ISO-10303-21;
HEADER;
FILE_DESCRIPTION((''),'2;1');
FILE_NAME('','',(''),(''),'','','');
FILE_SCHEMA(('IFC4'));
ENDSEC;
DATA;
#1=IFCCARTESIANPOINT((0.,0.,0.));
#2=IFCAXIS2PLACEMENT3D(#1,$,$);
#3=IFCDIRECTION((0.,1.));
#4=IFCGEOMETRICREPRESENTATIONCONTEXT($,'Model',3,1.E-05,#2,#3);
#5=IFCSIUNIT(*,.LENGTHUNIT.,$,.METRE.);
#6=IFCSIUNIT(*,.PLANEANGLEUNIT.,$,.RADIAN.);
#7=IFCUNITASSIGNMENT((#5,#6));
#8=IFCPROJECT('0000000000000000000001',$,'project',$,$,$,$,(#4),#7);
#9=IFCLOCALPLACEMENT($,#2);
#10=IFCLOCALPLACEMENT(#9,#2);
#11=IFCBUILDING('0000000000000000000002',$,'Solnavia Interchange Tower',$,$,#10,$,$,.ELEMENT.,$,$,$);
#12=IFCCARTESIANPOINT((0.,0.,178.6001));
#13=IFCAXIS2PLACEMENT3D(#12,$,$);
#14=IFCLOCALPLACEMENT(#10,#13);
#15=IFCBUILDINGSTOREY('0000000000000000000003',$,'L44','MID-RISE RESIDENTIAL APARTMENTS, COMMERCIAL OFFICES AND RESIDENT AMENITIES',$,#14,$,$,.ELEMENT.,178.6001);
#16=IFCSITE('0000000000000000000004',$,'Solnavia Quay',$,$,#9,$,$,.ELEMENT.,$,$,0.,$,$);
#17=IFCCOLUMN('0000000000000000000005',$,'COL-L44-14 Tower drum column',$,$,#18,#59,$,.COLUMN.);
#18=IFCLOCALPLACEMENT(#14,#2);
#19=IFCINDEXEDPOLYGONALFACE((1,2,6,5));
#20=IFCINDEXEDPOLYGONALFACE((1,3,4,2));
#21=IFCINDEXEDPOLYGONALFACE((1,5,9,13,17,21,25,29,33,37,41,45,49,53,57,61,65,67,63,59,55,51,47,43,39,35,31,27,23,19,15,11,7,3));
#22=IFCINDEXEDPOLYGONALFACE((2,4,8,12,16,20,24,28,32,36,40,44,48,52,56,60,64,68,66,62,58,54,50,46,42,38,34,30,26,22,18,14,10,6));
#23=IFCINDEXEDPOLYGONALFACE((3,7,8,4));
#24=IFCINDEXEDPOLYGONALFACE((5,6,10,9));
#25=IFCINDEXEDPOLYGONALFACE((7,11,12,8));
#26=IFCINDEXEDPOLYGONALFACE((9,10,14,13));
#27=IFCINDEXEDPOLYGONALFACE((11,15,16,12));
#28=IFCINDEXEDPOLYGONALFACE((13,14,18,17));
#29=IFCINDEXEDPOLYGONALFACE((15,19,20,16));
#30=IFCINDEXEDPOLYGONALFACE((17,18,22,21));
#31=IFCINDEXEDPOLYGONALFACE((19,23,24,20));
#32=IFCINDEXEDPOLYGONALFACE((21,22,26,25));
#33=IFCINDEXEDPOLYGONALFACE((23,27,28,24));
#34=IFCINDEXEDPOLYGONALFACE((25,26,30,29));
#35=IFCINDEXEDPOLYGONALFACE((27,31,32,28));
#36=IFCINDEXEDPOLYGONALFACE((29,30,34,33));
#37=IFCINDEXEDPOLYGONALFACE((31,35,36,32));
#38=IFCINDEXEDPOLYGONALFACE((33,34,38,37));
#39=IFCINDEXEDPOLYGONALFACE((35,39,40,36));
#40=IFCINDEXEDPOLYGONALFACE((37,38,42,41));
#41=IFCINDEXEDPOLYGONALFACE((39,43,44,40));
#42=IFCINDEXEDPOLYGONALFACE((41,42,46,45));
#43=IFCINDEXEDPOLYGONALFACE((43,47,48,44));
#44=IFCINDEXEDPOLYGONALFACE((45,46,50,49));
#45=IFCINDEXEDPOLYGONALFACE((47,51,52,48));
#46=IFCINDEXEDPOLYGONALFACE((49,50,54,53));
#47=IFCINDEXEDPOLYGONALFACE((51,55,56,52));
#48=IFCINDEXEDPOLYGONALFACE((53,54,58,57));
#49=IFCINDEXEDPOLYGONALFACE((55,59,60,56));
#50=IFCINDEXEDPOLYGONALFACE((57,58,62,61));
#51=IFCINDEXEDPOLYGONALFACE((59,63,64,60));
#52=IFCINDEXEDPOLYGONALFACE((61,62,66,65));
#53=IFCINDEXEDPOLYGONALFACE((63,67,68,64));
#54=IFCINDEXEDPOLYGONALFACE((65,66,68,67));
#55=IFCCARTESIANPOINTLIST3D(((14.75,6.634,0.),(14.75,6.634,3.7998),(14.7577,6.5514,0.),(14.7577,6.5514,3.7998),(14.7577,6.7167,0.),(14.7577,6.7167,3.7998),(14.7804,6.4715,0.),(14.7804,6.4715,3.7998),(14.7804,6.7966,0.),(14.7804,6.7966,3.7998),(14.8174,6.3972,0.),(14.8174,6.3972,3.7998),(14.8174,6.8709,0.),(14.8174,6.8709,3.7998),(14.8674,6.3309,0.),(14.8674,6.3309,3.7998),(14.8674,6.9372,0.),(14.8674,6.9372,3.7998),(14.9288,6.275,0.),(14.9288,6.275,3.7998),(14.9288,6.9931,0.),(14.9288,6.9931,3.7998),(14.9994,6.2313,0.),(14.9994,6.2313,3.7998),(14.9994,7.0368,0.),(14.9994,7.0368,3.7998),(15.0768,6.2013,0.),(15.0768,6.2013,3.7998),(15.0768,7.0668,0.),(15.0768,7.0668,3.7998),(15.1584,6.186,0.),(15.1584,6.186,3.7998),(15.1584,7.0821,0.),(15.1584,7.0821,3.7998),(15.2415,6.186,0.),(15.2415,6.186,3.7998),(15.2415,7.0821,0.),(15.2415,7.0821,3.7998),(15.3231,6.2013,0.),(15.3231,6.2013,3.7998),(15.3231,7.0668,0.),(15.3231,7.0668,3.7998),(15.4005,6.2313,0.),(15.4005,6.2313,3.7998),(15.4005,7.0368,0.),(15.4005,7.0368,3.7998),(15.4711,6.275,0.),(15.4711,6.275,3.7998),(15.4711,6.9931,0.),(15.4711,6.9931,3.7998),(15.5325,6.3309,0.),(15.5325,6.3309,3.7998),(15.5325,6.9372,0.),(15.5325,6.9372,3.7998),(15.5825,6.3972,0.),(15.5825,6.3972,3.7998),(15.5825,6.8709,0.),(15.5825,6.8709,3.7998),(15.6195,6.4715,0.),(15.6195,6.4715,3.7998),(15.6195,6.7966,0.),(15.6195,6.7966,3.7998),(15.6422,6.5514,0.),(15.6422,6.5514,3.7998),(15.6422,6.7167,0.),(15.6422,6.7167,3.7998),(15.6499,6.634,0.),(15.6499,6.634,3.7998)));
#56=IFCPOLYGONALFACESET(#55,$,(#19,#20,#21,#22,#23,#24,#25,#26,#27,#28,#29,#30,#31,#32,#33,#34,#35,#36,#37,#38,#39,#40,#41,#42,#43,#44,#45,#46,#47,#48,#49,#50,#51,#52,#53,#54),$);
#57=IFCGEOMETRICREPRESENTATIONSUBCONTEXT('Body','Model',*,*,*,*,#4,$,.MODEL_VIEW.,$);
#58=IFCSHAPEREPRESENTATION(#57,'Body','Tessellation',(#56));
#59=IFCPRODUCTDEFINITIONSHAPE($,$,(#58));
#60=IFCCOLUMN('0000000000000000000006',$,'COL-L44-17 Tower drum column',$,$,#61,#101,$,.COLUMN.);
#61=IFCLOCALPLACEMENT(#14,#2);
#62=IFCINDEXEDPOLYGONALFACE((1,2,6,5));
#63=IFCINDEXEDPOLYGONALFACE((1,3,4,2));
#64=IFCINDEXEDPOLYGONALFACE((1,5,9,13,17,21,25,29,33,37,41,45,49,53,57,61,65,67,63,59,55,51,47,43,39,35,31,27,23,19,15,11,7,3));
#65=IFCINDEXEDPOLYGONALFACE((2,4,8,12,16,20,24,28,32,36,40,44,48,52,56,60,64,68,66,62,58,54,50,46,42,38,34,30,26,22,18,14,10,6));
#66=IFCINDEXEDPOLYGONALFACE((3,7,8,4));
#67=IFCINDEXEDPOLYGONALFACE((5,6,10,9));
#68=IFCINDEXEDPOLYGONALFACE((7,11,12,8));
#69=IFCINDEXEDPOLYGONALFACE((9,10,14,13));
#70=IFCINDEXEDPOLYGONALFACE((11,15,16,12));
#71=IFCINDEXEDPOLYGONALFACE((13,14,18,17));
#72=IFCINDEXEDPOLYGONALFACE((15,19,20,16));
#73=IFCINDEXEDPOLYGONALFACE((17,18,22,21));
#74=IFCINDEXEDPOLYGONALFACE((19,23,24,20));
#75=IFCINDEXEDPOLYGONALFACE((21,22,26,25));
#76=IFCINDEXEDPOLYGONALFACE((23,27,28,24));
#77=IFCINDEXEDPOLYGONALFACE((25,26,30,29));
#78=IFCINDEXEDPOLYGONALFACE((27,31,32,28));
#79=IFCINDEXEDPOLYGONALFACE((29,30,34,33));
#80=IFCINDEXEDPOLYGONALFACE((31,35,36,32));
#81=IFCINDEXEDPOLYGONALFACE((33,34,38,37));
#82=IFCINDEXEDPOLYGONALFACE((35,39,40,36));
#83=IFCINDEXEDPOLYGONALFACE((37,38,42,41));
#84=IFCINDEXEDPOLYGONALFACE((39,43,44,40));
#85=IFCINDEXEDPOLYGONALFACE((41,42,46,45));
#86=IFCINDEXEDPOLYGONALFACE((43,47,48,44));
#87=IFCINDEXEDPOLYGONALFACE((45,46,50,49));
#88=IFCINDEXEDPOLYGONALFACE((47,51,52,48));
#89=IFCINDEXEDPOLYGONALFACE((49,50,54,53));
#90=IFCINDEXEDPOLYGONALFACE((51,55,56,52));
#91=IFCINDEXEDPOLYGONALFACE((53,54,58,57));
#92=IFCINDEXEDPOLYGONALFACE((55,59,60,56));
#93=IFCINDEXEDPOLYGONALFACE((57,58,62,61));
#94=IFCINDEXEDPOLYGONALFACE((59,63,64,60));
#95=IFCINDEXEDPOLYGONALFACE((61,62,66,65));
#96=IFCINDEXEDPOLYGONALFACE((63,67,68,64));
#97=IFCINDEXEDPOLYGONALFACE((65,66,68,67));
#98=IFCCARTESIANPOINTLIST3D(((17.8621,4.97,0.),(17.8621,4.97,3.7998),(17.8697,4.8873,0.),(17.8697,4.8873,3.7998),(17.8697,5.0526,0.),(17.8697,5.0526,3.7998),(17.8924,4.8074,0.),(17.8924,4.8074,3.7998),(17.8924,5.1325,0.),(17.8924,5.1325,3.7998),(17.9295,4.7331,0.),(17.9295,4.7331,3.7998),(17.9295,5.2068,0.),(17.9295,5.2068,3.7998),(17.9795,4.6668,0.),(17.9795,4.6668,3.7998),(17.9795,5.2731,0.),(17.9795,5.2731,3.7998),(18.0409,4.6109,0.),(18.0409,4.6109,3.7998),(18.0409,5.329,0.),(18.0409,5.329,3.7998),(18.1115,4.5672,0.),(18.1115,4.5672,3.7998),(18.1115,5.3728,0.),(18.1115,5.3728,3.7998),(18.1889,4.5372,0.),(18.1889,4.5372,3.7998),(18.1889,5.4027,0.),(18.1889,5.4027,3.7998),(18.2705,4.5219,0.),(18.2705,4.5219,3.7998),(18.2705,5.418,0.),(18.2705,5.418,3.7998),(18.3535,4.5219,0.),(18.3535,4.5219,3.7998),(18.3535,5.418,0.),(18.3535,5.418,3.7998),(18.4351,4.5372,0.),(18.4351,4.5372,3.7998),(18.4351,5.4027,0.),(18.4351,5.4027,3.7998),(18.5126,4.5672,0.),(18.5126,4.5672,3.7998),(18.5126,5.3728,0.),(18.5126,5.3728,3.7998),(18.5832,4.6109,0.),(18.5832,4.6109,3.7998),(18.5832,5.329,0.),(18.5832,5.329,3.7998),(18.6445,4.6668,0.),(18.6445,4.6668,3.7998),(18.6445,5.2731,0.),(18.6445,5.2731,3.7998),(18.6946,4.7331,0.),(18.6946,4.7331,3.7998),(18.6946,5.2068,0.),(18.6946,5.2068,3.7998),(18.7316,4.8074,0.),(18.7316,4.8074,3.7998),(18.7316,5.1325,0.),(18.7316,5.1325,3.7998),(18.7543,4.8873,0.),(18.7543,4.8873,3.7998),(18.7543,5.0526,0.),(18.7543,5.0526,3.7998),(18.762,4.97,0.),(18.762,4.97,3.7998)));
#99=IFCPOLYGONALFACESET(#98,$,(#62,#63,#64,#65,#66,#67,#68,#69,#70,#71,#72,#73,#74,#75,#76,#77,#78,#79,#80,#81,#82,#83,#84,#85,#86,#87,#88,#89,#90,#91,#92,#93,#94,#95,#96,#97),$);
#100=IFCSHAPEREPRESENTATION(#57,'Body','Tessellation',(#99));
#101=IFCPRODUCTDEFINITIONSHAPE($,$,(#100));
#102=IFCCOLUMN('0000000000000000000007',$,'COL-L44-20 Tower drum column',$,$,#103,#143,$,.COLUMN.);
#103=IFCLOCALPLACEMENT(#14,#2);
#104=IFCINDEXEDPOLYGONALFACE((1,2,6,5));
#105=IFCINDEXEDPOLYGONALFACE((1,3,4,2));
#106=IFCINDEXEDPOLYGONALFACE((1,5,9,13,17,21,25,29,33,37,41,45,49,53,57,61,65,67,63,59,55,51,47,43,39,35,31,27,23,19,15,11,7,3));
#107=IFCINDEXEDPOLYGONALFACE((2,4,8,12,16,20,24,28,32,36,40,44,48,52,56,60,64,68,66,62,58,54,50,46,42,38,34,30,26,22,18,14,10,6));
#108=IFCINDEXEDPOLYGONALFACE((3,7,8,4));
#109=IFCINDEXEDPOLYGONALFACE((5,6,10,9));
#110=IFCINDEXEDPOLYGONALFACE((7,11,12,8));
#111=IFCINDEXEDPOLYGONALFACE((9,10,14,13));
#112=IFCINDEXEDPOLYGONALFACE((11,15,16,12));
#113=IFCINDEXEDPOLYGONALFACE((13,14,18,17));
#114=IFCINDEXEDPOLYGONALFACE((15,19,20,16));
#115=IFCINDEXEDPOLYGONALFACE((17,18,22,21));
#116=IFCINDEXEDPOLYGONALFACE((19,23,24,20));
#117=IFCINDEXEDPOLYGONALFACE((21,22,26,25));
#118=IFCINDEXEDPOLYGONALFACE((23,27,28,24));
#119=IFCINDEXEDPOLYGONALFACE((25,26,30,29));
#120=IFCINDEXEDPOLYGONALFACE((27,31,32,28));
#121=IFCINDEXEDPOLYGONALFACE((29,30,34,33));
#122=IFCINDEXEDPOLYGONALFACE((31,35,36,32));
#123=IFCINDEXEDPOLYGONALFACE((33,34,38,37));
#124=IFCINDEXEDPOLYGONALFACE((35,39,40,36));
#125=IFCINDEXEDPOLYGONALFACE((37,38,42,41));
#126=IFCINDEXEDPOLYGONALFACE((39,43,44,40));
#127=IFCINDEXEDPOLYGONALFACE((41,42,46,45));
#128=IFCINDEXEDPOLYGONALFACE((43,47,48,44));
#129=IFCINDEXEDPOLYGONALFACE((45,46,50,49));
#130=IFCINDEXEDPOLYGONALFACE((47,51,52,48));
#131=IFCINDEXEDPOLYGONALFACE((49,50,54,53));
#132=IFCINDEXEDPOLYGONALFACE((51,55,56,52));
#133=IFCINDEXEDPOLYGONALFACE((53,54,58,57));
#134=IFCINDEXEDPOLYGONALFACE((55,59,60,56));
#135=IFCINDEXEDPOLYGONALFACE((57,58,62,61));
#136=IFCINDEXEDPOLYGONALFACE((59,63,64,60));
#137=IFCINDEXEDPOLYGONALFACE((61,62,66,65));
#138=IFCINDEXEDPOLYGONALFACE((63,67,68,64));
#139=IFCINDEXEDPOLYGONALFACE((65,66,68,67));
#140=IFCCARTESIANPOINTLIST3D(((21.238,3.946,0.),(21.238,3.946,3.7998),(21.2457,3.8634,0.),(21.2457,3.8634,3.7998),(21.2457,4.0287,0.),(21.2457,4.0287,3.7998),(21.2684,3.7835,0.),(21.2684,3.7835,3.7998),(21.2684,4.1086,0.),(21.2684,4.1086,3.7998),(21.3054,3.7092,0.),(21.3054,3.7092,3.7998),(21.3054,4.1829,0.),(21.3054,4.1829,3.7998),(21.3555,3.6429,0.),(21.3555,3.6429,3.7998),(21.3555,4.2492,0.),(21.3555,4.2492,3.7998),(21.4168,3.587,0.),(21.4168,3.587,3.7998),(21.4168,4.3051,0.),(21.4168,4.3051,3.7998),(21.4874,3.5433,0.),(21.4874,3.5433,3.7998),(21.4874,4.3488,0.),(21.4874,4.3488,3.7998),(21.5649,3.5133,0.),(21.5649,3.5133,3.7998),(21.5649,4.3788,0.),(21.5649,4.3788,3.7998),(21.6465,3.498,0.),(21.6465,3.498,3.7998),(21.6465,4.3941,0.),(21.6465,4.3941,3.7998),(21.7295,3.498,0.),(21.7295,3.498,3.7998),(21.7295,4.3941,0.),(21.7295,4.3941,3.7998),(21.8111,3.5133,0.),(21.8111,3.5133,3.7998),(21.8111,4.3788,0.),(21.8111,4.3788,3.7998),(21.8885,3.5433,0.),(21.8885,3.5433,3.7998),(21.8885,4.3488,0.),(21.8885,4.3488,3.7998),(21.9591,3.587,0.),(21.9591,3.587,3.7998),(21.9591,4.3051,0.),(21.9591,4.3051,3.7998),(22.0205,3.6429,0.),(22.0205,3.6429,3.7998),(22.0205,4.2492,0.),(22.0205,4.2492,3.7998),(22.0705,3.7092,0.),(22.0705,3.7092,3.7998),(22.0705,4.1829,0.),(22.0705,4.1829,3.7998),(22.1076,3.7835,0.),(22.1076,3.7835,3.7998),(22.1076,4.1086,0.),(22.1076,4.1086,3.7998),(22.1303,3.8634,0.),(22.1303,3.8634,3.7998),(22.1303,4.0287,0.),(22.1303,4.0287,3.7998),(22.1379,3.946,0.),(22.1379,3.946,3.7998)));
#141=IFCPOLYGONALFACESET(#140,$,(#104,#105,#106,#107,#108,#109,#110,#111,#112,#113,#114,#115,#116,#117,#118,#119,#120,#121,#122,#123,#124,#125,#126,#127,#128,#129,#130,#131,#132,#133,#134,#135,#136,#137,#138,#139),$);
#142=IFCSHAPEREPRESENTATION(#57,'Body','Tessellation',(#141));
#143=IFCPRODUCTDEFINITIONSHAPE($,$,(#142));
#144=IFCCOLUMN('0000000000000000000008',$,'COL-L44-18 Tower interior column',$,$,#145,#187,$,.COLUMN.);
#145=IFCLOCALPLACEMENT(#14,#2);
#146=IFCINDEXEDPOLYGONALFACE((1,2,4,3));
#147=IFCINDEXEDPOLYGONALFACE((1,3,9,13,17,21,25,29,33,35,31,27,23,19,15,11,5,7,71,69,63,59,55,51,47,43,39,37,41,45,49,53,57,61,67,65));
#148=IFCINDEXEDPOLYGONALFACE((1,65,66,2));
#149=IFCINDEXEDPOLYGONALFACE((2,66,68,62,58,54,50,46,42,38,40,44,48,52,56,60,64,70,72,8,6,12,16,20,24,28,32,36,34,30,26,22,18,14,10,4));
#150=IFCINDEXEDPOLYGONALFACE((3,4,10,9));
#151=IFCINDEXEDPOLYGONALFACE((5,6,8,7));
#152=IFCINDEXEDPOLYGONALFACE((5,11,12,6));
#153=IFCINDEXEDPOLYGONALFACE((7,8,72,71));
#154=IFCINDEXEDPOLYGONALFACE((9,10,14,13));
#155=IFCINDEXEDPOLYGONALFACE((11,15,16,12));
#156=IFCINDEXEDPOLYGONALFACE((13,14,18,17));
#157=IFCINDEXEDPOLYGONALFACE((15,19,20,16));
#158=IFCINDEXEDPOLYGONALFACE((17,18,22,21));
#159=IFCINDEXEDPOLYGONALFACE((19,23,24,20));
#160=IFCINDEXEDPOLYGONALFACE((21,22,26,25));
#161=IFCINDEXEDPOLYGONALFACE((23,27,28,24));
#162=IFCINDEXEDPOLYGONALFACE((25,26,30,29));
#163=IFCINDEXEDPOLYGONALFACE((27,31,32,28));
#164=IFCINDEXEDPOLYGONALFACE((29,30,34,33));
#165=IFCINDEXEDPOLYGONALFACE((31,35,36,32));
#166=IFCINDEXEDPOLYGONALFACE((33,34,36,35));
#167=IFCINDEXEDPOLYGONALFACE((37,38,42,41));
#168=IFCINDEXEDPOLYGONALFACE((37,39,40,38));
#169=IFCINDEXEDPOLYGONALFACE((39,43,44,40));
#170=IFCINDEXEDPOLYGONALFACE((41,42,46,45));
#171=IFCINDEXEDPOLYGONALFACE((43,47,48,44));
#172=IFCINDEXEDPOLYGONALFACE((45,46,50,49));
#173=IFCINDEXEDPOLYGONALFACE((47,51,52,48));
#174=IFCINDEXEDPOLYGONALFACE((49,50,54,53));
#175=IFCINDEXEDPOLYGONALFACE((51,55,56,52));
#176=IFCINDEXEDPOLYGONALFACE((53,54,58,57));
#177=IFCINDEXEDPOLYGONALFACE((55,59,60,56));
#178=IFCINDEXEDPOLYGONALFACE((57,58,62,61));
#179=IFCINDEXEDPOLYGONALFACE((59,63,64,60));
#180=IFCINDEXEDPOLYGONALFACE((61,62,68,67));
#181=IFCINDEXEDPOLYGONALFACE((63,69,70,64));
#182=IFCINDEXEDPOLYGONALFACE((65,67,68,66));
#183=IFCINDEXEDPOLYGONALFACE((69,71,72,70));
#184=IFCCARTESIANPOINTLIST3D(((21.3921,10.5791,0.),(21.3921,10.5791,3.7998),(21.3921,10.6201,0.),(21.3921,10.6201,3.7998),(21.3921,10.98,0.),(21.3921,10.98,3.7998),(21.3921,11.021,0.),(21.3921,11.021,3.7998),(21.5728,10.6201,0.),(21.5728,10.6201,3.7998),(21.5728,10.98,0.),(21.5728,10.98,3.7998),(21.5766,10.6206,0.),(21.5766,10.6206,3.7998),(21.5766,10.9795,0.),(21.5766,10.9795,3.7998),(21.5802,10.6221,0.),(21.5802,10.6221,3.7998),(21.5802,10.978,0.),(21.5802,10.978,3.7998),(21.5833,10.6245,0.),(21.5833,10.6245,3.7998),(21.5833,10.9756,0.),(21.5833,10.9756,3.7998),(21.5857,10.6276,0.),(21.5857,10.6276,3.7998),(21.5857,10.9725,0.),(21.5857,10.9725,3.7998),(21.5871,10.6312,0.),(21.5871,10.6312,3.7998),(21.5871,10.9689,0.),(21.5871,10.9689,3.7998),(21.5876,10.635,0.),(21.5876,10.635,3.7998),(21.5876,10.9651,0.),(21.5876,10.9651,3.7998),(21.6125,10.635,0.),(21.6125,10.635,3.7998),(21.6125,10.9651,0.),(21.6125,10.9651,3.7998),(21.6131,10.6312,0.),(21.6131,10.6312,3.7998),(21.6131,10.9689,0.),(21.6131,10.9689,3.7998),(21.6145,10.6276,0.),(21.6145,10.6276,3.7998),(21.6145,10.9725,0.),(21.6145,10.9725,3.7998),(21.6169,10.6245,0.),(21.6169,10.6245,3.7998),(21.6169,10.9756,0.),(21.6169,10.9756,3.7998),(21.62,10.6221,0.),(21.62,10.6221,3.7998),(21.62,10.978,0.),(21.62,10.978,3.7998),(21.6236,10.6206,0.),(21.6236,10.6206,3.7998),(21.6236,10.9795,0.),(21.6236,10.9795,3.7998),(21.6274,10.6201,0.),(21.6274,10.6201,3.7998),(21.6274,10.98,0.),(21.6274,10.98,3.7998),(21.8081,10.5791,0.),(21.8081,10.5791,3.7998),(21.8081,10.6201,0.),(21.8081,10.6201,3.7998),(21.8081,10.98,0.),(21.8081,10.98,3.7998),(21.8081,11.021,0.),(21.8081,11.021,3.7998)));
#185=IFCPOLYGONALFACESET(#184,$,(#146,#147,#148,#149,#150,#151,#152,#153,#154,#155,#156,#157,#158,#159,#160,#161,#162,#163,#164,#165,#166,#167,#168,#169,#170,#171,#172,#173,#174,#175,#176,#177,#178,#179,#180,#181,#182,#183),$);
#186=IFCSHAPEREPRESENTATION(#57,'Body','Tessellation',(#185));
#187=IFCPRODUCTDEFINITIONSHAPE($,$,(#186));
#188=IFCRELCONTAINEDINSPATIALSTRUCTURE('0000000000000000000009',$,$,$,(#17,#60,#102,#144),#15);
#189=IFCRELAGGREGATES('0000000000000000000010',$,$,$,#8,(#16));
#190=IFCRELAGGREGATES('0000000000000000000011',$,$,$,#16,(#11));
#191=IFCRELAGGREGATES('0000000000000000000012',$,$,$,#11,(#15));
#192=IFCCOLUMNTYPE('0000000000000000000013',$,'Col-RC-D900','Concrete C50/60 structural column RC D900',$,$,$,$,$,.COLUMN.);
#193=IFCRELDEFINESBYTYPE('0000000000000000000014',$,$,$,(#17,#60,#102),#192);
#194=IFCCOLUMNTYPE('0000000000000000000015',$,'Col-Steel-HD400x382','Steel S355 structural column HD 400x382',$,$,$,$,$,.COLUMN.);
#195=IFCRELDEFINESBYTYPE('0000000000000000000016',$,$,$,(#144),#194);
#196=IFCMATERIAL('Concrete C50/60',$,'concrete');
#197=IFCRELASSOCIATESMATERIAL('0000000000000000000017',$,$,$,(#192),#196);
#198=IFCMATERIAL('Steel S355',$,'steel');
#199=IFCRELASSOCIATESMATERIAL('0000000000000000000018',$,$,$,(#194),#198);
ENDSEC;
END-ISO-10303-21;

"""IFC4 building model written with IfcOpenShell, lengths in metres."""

from ifc_helpers import new_model, si_unit, direction, frame, origin, origin_2d, place, context, subcontext, project, spatial, circle, i_section, extrude, material, material_profile, profile_set, type_object, element, save


model = new_model("IFC4")

# Units and contexts
model_context = context("Model", 3, precision=1e-05, world=origin(), true_north=direction((0.0, 1.0)))
body_context = subcontext(model_context, "Body", "Model", "MODEL_VIEW")
ifc_project = project(units=[si_unit("LENGTHUNIT", "METRE"), si_unit("PLANEANGLEUNIT", "RADIAN")], contexts=[model_context])

# Site, building, storey
site_placement = place(None, origin())
site = spatial("IfcSite", under=ifc_project, at=site_placement, Name="Solnavia Quay", CompositionType="ELEMENT", RefElevation=0.0)
building_placement = place(site_placement, origin())
building = spatial("IfcBuilding", under=site, at=building_placement, Name="Solnavia Interchange Tower", CompositionType="ELEMENT")
storey_placement = place(building_placement, frame((0.0, 0.0, 178.6001)))
storey = spatial("IfcBuildingStorey", under=building, at=storey_placement, Name="L44", Description="MID-RISE RESIDENTIAL APARTMENTS, COMMERCIAL OFFICES AND RESIDENT AMENITIES", CompositionType="ELEMENT", Elevation=178.6001)

# Columns
ifc_material_1 = material(Name="Concrete C50/60", Category="concrete")
ifc_material_profile_1 = material_profile(ifc_material_1, circle(Radius=0.45, at=origin_2d()), Name="RC D900")
ifc_profile_set_1 = profile_set([ifc_material_profile_1], Name="Concrete C50/60")
column_type_1 = type_object("IfcColumnType", Name="Col-RC-D900", Description="Concrete C50/60 structural column RC D900", PredefinedType="COLUMN", material=ifc_profile_set_1)
for number, where, z_axis, x_axis, name in (
    (1, (15.2, 6.634, 0.0), (0.0, 0.0, 1.0), (1.0, 0.0, 0.0), "COL-L44-14 Tower drum column"),
    (2, (18.312, 4.97, 0.0), (0.0, 0.0, 1.0), (1.0, 0.0, 0.0), "COL-L44-17 Tower drum column"),
    (3, (21.688, 3.946, 0.0), (0.0, 0.0, 1.0), (1.0, 0.0, 0.0), "COL-L44-20 Tower drum column"),
):
    element("IfcColumn", number, at=place(storey_placement, frame(where, z_axis=z_axis, x_axis=x_axis)), inside=storey, type_object=column_type_1, Name=name, PredefinedType="COLUMN", context=body_context, shape_type="SweptSolid", body=[
        extrude(circle(Radius=0.45, at=origin_2d()), origin(), (0.0, 0.0, 1.0), 3.7998),
    ])
ifc_material_2 = material(Name="Steel S355", Category="steel")
ifc_material_profile_2 = material_profile(ifc_material_2, i_section(OverallWidth=0.416, OverallDepth=0.4419, WebThickness=0.0249, FlangeThickness=0.041, FilletRadius=0.0149, at=origin_2d()), Name="HD 400x382")
ifc_profile_set_2 = profile_set([ifc_material_profile_2], Name="Steel S355")
column_type_2 = type_object("IfcColumnType", Name="Col-Steel-HD400x382", Description="Steel S355 structural column HD 400x382", PredefinedType="COLUMN", material=ifc_profile_set_2)
column_placement = place(storey_placement, frame((21.6001, 10.8, 0.0), z_axis=(0.0, 0.0, 1.0), x_axis=(1.0, 0.0, 0.0)))
element("IfcColumn", 4, at=column_placement, inside=storey, type_object=column_type_2, Name="COL-L44-18 Tower interior column", PredefinedType="COLUMN", context=body_context, shape_type="SweptSolid", body=[
    extrude(i_section(OverallWidth=0.416, OverallDepth=0.4419, WebThickness=0.0249, FlangeThickness=0.041, FilletRadius=0.0149, at=origin_2d()), origin(), (0.0, 0.0, 1.0), 3.7998),
])

save(model, "model.ifc")
